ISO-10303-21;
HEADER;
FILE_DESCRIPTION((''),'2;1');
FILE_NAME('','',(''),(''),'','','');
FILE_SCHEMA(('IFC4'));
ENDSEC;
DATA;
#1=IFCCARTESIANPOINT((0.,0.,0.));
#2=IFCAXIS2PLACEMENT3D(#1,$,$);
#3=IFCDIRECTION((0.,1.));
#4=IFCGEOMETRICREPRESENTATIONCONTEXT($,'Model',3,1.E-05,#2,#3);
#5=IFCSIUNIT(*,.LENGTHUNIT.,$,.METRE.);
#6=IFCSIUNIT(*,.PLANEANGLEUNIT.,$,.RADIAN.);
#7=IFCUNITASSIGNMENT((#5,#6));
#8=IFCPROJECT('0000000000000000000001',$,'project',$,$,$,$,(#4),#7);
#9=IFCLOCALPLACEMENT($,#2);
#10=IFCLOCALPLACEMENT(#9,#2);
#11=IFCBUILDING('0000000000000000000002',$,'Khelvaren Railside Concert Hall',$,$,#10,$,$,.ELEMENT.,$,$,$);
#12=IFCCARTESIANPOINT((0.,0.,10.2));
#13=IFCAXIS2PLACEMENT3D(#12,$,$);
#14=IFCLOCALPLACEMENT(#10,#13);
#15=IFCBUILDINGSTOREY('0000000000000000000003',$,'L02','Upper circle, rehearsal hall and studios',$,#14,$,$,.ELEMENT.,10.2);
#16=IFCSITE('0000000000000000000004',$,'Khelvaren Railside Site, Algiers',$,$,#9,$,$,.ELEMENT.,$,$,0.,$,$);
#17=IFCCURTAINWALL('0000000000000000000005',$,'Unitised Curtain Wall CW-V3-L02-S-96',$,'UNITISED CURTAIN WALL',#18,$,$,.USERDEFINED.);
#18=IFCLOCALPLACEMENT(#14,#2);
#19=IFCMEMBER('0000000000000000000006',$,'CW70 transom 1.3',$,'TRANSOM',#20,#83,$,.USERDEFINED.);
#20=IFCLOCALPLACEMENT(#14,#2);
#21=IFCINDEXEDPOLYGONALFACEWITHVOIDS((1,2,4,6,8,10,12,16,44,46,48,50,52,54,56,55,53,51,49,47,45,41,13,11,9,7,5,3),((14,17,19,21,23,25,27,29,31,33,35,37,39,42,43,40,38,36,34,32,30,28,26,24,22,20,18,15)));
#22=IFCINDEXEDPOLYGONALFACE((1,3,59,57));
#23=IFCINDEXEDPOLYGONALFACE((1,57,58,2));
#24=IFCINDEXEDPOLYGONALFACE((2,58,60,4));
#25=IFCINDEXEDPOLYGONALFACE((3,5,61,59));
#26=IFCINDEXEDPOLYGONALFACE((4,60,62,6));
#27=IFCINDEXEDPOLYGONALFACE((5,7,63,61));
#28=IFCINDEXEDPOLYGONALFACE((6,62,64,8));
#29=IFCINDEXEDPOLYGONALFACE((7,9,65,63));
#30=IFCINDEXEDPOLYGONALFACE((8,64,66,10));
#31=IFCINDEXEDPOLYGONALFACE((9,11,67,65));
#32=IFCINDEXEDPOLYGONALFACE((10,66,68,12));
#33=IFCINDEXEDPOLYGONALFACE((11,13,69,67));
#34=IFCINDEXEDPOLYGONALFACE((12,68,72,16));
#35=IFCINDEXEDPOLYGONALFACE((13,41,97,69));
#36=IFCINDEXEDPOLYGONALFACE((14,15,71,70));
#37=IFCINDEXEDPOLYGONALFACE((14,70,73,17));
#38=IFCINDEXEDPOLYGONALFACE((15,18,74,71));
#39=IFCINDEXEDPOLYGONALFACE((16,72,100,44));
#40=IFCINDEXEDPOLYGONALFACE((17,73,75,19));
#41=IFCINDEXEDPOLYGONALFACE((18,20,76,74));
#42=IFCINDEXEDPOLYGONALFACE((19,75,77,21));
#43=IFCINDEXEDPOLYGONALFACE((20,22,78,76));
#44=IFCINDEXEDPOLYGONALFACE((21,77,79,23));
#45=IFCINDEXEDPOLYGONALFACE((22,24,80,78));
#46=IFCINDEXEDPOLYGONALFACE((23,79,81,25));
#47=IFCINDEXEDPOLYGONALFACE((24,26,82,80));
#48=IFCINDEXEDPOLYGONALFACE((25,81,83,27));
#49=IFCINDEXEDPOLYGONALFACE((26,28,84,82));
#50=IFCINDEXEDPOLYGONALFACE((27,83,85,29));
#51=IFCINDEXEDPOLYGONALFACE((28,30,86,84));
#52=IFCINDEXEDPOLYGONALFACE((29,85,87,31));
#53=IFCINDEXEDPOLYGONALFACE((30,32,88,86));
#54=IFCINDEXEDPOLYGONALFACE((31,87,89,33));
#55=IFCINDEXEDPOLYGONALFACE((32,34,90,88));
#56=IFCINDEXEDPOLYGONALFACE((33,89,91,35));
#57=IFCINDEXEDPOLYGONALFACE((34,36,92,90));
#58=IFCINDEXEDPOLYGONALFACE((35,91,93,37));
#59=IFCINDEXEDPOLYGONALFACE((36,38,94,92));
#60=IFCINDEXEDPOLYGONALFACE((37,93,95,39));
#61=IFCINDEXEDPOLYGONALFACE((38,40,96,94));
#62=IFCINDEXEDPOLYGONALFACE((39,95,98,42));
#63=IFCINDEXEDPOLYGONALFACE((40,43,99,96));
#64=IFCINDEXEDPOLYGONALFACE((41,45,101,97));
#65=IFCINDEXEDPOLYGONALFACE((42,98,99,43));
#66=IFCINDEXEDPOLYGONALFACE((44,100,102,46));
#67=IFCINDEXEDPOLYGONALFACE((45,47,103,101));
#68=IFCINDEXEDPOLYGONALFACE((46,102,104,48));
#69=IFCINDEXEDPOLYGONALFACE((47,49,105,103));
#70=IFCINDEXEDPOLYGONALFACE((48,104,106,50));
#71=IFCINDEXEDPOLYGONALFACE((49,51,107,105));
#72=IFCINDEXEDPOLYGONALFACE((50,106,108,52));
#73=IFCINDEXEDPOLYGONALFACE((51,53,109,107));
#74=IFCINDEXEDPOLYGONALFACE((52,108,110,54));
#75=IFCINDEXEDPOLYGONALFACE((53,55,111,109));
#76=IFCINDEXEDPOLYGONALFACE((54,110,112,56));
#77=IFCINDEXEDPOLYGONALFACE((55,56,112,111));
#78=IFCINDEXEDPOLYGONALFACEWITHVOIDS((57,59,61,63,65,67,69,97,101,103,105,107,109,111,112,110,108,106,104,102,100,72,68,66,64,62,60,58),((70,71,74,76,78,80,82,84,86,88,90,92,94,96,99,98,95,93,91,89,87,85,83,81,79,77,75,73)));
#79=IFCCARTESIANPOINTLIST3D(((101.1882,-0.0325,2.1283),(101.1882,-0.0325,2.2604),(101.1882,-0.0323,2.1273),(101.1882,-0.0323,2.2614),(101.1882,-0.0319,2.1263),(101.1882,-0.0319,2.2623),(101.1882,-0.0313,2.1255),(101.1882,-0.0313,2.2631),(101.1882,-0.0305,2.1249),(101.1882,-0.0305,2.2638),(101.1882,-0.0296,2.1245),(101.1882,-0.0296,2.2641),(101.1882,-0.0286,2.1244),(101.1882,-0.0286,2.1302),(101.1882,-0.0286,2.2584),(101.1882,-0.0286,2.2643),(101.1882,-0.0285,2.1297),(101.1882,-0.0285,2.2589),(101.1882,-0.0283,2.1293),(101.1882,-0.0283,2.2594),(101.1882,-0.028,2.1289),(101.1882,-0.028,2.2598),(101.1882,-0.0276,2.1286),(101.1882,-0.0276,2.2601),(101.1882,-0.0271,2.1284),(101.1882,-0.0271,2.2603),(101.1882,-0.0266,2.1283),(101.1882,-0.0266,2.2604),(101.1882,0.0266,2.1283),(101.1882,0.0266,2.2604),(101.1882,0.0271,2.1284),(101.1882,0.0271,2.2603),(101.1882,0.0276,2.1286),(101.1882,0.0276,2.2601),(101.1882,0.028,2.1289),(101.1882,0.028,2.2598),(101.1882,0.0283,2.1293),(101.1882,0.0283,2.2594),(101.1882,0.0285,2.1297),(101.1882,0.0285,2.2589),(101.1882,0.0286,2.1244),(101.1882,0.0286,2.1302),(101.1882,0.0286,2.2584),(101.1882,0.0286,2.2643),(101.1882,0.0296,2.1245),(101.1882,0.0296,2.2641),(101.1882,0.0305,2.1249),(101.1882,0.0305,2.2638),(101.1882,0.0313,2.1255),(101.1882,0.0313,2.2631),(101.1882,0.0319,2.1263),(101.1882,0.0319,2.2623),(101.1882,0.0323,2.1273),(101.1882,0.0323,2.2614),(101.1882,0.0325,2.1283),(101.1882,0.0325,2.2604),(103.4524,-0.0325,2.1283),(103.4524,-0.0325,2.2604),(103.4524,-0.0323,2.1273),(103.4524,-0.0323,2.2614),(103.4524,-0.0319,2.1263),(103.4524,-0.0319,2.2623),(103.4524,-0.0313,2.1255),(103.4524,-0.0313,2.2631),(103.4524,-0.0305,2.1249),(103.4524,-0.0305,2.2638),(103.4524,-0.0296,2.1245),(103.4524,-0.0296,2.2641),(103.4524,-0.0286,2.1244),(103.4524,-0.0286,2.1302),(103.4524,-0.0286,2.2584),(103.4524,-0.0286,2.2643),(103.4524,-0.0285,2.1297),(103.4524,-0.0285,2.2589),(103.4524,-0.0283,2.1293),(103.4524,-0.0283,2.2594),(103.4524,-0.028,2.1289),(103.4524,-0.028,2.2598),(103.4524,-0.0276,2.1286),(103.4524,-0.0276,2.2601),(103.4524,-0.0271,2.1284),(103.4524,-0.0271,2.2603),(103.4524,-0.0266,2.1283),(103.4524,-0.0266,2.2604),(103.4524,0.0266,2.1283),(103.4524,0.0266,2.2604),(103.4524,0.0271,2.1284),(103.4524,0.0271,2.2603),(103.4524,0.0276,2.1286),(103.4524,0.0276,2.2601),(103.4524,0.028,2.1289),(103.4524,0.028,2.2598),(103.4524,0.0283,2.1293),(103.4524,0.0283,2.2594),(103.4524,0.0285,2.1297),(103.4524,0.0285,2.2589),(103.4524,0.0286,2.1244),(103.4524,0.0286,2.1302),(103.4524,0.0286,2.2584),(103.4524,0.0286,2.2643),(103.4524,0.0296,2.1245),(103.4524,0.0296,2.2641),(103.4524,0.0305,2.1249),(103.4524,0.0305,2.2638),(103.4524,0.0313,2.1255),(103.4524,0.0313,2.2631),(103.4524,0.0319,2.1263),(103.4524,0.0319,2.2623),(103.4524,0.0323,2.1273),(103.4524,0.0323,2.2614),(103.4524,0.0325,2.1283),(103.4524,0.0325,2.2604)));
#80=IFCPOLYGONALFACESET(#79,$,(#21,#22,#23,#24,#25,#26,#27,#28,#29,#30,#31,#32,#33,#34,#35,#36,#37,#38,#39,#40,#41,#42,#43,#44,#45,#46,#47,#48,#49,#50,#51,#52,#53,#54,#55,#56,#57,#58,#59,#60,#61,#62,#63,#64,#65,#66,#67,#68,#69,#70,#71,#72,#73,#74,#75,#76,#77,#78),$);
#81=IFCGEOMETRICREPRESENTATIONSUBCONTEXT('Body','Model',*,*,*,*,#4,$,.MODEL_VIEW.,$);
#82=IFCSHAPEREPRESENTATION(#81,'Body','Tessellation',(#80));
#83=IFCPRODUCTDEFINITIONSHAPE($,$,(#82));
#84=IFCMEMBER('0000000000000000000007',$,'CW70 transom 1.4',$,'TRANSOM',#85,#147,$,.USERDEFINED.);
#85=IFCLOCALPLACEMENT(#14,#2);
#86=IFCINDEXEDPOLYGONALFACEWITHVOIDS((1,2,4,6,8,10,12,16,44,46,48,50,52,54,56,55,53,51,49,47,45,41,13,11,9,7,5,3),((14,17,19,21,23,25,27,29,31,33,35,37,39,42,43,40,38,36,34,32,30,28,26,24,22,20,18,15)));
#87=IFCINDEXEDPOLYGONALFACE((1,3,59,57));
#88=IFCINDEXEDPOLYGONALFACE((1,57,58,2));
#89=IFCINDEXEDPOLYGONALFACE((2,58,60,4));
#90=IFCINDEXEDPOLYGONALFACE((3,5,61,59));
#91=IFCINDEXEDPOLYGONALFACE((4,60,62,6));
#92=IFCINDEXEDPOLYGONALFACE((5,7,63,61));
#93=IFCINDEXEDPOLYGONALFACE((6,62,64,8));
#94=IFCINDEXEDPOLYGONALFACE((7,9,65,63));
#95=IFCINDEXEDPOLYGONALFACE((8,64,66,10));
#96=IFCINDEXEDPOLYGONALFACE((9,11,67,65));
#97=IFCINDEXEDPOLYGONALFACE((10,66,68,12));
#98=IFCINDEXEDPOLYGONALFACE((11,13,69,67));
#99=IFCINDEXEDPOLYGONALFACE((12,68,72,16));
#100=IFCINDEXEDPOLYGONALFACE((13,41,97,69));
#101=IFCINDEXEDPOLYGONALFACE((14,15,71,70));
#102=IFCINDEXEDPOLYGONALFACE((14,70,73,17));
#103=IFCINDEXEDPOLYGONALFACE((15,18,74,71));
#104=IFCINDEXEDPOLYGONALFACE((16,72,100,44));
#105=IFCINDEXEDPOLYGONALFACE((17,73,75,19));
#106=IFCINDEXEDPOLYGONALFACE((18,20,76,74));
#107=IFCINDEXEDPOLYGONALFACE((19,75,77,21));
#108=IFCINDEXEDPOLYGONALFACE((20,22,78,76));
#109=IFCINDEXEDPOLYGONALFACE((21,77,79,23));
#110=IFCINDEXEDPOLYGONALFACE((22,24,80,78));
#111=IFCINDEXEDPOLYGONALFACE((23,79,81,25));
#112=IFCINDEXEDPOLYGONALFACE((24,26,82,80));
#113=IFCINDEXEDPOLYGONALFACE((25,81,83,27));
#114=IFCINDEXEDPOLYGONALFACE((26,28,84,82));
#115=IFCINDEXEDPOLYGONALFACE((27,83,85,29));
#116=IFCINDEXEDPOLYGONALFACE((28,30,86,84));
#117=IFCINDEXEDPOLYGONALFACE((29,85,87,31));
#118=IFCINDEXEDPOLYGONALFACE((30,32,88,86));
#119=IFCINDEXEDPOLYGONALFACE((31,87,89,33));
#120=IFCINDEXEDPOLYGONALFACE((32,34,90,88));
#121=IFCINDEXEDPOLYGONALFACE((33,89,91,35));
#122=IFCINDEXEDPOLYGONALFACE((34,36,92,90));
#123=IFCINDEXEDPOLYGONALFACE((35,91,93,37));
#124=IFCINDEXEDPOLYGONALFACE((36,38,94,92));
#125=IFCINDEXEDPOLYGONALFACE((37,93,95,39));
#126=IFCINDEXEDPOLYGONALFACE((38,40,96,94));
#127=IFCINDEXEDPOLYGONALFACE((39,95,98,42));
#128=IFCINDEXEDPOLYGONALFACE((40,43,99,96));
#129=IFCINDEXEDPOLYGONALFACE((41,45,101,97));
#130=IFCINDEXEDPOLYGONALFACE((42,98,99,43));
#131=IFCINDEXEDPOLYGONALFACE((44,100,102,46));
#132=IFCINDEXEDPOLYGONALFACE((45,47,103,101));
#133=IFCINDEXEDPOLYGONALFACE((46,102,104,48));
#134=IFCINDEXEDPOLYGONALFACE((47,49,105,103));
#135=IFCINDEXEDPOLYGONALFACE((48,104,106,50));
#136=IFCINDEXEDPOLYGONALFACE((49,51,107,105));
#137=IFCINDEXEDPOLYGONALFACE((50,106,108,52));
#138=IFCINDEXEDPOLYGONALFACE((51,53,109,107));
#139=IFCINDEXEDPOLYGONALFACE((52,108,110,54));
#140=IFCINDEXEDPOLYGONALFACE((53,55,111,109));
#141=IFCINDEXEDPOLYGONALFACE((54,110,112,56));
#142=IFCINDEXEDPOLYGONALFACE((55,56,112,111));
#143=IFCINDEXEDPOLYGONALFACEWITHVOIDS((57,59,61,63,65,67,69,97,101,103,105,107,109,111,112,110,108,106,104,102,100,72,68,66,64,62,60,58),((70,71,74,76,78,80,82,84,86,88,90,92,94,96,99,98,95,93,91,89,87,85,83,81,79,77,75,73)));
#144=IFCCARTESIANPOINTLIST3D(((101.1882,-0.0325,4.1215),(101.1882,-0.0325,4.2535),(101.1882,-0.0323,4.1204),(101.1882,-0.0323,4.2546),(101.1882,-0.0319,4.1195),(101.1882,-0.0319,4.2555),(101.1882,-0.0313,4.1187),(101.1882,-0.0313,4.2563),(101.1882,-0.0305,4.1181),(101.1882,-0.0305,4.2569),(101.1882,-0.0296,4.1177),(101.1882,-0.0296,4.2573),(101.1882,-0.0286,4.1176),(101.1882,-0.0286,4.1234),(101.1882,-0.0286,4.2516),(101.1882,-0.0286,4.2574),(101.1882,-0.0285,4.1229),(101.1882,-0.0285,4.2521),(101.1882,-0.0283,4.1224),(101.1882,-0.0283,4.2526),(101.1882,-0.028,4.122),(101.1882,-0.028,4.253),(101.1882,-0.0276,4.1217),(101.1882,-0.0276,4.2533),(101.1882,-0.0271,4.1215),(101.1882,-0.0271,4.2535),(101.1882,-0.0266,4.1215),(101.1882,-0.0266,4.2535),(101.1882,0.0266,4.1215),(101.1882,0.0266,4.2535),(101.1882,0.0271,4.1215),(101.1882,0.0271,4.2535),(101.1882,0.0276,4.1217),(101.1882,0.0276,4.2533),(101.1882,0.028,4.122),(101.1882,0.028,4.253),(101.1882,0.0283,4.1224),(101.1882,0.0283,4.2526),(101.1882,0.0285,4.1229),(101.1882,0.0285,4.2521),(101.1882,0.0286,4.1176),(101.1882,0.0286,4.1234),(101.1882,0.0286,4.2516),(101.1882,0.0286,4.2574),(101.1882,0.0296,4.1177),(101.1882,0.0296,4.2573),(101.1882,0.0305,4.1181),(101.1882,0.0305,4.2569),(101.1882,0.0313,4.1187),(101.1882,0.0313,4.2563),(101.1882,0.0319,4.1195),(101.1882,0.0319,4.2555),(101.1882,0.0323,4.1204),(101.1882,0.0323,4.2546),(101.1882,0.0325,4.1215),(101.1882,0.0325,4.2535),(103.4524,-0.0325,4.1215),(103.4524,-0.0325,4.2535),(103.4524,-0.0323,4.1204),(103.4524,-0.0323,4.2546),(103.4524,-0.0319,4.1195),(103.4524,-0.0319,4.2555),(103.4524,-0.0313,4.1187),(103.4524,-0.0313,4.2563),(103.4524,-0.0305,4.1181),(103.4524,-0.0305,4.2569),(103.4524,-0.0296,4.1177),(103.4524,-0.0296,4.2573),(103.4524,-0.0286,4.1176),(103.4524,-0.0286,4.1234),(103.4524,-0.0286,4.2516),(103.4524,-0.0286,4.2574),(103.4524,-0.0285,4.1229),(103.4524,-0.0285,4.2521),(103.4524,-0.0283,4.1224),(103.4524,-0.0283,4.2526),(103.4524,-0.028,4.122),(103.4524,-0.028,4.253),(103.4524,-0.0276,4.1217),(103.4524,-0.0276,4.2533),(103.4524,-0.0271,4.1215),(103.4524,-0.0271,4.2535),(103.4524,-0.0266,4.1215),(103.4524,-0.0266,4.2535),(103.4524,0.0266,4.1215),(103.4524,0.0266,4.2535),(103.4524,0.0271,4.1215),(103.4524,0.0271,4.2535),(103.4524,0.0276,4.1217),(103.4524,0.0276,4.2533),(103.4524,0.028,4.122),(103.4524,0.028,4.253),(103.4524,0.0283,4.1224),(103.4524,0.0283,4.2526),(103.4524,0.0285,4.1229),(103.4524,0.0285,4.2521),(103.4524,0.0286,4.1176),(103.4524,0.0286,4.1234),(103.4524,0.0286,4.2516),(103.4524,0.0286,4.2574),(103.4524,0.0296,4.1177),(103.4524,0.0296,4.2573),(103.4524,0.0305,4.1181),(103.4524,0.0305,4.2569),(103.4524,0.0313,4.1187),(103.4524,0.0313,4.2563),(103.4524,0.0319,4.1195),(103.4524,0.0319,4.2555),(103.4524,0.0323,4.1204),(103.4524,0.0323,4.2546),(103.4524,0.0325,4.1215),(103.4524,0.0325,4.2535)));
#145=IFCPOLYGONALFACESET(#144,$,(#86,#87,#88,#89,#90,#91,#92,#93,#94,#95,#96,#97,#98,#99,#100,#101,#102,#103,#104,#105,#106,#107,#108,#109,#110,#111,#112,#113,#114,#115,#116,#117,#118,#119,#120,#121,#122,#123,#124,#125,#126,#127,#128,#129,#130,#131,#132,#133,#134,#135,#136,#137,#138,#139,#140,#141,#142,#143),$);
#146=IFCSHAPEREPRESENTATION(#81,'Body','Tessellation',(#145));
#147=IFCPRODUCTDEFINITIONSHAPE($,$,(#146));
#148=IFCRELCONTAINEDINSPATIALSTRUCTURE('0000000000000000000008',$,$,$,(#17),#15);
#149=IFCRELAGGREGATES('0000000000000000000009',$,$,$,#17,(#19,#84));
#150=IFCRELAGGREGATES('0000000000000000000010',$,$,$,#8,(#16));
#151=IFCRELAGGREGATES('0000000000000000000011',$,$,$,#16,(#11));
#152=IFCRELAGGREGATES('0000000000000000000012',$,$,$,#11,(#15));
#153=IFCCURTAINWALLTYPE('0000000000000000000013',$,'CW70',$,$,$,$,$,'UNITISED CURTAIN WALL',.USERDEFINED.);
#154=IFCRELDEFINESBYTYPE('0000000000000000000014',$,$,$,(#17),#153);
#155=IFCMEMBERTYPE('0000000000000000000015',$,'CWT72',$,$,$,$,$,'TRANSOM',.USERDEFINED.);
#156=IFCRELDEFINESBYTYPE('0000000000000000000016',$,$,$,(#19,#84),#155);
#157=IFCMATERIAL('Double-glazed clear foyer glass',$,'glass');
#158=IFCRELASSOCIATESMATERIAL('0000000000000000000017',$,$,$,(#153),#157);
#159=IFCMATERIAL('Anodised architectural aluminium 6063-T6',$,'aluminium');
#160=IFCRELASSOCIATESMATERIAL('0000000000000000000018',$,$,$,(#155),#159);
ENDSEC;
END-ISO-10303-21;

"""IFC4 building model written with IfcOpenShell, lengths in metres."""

from ifc_helpers import new_model, si_unit, direction, frame, origin, origin_2d, place, context, subcontext, project, spatial, hollow_rectangle, extrude, material, material_profile, profile_set, type_object, element, aggregate, save


model = new_model("IFC4")

# Units and contexts
model_context = context("Model", 3, precision=1e-05, world=origin(), true_north=direction((0.0, 1.0)))
body_context = subcontext(model_context, "Body", "Model", "MODEL_VIEW")
ifc_project = project(units=[si_unit("LENGTHUNIT", "METRE"), si_unit("PLANEANGLEUNIT", "RADIAN")], contexts=[model_context])

# Site, building, storey
site_placement = place(None, origin())
site = spatial("IfcSite", under=ifc_project, at=site_placement, Name="Khelvaren Railside Site, Algiers", CompositionType="ELEMENT", RefElevation=0.0)
building_placement = place(site_placement, origin())
building = spatial("IfcBuilding", under=site, at=building_placement, Name="Khelvaren Railside Concert Hall", CompositionType="ELEMENT")
storey_placement = place(building_placement, frame((0.0, 0.0, 10.2)))
storey = spatial("IfcBuildingStorey", under=building, at=storey_placement, Name="L02", Description="Upper circle, rehearsal hall and studios", CompositionType="ELEMENT", Elevation=10.2)

# Curtain wall
ifc_material_1 = material(Name="Double-glazed clear foyer glass", Category="glass")
curtain_wall_type_1 = type_object("IfcCurtainWallType", Name="CW70", ElementType="UNITISED CURTAIN WALL", PredefinedType="USERDEFINED", material=ifc_material_1)
curtain_wall_1_placement = place(storey_placement, origin())
curtain_wall_1 = element("IfcCurtainWall", 1, at=curtain_wall_1_placement, inside=storey, type_object=curtain_wall_type_1, Name="Unitised Curtain Wall CW-V3-L02-S-96", ObjectType="UNITISED CURTAIN WALL", PredefinedType="USERDEFINED")
ifc_material_2 = material(Name="Anodised architectural aluminium 6063-T6", Category="aluminium")

# Members
ifc_material_profile_1 = material_profile(ifc_material_2, hollow_rectangle(XDim=0.0649, YDim=0.1399, WallThickness=0.0039, InnerFilletRadius=0.002, OuterFilletRadius=0.0039, at=origin_2d()), Name="CWT 65x140x4")
ifc_profile_set_1 = profile_set([ifc_material_profile_1], Name="Anodised architectural aluminium 6063-T6")
member_type_1 = type_object("IfcMemberType", Name="CWT72", ElementType="TRANSOM", PredefinedType="USERDEFINED", material=ifc_profile_set_1)
member_1_placement = place(storey_placement, frame((103.4524, 0.0, 2.1943), z_axis=(-1.0, 0.0, 0.0), x_axis=(0.0, -1.0, 0.0)))
member_1 = element("IfcMember", 2, at=member_1_placement, type_object=member_type_1, Name="CW70 transom 1.3", ObjectType="TRANSOM", PredefinedType="USERDEFINED", context=body_context, shape_type="SweptSolid", body=[
    extrude(hollow_rectangle(XDim=0.0649, YDim=0.1399, WallThickness=0.0039, InnerFilletRadius=0.002, OuterFilletRadius=0.0039, at=origin_2d()), origin(), (0.0, 0.0, 1.0), 2.2642),
])
member_2_placement = place(storey_placement, frame((103.4524, 0.0, 4.1875), z_axis=(-1.0, 0.0, 0.0), x_axis=(0.0, -1.0, 0.0)))
member_2 = element("IfcMember", 3, at=member_2_placement, type_object=member_type_1, Name="CW70 transom 1.4", ObjectType="TRANSOM", PredefinedType="USERDEFINED", context=body_context, shape_type="SweptSolid", body=[
    extrude(hollow_rectangle(XDim=0.0649, YDim=0.1399, WallThickness=0.0039, InnerFilletRadius=0.002, OuterFilletRadius=0.0039, at=origin_2d()), origin(), (0.0, 0.0, 1.0), 2.2642),
])

aggregate(curtain_wall_1, [member_1, member_2])

save(model, "model.ifc")
